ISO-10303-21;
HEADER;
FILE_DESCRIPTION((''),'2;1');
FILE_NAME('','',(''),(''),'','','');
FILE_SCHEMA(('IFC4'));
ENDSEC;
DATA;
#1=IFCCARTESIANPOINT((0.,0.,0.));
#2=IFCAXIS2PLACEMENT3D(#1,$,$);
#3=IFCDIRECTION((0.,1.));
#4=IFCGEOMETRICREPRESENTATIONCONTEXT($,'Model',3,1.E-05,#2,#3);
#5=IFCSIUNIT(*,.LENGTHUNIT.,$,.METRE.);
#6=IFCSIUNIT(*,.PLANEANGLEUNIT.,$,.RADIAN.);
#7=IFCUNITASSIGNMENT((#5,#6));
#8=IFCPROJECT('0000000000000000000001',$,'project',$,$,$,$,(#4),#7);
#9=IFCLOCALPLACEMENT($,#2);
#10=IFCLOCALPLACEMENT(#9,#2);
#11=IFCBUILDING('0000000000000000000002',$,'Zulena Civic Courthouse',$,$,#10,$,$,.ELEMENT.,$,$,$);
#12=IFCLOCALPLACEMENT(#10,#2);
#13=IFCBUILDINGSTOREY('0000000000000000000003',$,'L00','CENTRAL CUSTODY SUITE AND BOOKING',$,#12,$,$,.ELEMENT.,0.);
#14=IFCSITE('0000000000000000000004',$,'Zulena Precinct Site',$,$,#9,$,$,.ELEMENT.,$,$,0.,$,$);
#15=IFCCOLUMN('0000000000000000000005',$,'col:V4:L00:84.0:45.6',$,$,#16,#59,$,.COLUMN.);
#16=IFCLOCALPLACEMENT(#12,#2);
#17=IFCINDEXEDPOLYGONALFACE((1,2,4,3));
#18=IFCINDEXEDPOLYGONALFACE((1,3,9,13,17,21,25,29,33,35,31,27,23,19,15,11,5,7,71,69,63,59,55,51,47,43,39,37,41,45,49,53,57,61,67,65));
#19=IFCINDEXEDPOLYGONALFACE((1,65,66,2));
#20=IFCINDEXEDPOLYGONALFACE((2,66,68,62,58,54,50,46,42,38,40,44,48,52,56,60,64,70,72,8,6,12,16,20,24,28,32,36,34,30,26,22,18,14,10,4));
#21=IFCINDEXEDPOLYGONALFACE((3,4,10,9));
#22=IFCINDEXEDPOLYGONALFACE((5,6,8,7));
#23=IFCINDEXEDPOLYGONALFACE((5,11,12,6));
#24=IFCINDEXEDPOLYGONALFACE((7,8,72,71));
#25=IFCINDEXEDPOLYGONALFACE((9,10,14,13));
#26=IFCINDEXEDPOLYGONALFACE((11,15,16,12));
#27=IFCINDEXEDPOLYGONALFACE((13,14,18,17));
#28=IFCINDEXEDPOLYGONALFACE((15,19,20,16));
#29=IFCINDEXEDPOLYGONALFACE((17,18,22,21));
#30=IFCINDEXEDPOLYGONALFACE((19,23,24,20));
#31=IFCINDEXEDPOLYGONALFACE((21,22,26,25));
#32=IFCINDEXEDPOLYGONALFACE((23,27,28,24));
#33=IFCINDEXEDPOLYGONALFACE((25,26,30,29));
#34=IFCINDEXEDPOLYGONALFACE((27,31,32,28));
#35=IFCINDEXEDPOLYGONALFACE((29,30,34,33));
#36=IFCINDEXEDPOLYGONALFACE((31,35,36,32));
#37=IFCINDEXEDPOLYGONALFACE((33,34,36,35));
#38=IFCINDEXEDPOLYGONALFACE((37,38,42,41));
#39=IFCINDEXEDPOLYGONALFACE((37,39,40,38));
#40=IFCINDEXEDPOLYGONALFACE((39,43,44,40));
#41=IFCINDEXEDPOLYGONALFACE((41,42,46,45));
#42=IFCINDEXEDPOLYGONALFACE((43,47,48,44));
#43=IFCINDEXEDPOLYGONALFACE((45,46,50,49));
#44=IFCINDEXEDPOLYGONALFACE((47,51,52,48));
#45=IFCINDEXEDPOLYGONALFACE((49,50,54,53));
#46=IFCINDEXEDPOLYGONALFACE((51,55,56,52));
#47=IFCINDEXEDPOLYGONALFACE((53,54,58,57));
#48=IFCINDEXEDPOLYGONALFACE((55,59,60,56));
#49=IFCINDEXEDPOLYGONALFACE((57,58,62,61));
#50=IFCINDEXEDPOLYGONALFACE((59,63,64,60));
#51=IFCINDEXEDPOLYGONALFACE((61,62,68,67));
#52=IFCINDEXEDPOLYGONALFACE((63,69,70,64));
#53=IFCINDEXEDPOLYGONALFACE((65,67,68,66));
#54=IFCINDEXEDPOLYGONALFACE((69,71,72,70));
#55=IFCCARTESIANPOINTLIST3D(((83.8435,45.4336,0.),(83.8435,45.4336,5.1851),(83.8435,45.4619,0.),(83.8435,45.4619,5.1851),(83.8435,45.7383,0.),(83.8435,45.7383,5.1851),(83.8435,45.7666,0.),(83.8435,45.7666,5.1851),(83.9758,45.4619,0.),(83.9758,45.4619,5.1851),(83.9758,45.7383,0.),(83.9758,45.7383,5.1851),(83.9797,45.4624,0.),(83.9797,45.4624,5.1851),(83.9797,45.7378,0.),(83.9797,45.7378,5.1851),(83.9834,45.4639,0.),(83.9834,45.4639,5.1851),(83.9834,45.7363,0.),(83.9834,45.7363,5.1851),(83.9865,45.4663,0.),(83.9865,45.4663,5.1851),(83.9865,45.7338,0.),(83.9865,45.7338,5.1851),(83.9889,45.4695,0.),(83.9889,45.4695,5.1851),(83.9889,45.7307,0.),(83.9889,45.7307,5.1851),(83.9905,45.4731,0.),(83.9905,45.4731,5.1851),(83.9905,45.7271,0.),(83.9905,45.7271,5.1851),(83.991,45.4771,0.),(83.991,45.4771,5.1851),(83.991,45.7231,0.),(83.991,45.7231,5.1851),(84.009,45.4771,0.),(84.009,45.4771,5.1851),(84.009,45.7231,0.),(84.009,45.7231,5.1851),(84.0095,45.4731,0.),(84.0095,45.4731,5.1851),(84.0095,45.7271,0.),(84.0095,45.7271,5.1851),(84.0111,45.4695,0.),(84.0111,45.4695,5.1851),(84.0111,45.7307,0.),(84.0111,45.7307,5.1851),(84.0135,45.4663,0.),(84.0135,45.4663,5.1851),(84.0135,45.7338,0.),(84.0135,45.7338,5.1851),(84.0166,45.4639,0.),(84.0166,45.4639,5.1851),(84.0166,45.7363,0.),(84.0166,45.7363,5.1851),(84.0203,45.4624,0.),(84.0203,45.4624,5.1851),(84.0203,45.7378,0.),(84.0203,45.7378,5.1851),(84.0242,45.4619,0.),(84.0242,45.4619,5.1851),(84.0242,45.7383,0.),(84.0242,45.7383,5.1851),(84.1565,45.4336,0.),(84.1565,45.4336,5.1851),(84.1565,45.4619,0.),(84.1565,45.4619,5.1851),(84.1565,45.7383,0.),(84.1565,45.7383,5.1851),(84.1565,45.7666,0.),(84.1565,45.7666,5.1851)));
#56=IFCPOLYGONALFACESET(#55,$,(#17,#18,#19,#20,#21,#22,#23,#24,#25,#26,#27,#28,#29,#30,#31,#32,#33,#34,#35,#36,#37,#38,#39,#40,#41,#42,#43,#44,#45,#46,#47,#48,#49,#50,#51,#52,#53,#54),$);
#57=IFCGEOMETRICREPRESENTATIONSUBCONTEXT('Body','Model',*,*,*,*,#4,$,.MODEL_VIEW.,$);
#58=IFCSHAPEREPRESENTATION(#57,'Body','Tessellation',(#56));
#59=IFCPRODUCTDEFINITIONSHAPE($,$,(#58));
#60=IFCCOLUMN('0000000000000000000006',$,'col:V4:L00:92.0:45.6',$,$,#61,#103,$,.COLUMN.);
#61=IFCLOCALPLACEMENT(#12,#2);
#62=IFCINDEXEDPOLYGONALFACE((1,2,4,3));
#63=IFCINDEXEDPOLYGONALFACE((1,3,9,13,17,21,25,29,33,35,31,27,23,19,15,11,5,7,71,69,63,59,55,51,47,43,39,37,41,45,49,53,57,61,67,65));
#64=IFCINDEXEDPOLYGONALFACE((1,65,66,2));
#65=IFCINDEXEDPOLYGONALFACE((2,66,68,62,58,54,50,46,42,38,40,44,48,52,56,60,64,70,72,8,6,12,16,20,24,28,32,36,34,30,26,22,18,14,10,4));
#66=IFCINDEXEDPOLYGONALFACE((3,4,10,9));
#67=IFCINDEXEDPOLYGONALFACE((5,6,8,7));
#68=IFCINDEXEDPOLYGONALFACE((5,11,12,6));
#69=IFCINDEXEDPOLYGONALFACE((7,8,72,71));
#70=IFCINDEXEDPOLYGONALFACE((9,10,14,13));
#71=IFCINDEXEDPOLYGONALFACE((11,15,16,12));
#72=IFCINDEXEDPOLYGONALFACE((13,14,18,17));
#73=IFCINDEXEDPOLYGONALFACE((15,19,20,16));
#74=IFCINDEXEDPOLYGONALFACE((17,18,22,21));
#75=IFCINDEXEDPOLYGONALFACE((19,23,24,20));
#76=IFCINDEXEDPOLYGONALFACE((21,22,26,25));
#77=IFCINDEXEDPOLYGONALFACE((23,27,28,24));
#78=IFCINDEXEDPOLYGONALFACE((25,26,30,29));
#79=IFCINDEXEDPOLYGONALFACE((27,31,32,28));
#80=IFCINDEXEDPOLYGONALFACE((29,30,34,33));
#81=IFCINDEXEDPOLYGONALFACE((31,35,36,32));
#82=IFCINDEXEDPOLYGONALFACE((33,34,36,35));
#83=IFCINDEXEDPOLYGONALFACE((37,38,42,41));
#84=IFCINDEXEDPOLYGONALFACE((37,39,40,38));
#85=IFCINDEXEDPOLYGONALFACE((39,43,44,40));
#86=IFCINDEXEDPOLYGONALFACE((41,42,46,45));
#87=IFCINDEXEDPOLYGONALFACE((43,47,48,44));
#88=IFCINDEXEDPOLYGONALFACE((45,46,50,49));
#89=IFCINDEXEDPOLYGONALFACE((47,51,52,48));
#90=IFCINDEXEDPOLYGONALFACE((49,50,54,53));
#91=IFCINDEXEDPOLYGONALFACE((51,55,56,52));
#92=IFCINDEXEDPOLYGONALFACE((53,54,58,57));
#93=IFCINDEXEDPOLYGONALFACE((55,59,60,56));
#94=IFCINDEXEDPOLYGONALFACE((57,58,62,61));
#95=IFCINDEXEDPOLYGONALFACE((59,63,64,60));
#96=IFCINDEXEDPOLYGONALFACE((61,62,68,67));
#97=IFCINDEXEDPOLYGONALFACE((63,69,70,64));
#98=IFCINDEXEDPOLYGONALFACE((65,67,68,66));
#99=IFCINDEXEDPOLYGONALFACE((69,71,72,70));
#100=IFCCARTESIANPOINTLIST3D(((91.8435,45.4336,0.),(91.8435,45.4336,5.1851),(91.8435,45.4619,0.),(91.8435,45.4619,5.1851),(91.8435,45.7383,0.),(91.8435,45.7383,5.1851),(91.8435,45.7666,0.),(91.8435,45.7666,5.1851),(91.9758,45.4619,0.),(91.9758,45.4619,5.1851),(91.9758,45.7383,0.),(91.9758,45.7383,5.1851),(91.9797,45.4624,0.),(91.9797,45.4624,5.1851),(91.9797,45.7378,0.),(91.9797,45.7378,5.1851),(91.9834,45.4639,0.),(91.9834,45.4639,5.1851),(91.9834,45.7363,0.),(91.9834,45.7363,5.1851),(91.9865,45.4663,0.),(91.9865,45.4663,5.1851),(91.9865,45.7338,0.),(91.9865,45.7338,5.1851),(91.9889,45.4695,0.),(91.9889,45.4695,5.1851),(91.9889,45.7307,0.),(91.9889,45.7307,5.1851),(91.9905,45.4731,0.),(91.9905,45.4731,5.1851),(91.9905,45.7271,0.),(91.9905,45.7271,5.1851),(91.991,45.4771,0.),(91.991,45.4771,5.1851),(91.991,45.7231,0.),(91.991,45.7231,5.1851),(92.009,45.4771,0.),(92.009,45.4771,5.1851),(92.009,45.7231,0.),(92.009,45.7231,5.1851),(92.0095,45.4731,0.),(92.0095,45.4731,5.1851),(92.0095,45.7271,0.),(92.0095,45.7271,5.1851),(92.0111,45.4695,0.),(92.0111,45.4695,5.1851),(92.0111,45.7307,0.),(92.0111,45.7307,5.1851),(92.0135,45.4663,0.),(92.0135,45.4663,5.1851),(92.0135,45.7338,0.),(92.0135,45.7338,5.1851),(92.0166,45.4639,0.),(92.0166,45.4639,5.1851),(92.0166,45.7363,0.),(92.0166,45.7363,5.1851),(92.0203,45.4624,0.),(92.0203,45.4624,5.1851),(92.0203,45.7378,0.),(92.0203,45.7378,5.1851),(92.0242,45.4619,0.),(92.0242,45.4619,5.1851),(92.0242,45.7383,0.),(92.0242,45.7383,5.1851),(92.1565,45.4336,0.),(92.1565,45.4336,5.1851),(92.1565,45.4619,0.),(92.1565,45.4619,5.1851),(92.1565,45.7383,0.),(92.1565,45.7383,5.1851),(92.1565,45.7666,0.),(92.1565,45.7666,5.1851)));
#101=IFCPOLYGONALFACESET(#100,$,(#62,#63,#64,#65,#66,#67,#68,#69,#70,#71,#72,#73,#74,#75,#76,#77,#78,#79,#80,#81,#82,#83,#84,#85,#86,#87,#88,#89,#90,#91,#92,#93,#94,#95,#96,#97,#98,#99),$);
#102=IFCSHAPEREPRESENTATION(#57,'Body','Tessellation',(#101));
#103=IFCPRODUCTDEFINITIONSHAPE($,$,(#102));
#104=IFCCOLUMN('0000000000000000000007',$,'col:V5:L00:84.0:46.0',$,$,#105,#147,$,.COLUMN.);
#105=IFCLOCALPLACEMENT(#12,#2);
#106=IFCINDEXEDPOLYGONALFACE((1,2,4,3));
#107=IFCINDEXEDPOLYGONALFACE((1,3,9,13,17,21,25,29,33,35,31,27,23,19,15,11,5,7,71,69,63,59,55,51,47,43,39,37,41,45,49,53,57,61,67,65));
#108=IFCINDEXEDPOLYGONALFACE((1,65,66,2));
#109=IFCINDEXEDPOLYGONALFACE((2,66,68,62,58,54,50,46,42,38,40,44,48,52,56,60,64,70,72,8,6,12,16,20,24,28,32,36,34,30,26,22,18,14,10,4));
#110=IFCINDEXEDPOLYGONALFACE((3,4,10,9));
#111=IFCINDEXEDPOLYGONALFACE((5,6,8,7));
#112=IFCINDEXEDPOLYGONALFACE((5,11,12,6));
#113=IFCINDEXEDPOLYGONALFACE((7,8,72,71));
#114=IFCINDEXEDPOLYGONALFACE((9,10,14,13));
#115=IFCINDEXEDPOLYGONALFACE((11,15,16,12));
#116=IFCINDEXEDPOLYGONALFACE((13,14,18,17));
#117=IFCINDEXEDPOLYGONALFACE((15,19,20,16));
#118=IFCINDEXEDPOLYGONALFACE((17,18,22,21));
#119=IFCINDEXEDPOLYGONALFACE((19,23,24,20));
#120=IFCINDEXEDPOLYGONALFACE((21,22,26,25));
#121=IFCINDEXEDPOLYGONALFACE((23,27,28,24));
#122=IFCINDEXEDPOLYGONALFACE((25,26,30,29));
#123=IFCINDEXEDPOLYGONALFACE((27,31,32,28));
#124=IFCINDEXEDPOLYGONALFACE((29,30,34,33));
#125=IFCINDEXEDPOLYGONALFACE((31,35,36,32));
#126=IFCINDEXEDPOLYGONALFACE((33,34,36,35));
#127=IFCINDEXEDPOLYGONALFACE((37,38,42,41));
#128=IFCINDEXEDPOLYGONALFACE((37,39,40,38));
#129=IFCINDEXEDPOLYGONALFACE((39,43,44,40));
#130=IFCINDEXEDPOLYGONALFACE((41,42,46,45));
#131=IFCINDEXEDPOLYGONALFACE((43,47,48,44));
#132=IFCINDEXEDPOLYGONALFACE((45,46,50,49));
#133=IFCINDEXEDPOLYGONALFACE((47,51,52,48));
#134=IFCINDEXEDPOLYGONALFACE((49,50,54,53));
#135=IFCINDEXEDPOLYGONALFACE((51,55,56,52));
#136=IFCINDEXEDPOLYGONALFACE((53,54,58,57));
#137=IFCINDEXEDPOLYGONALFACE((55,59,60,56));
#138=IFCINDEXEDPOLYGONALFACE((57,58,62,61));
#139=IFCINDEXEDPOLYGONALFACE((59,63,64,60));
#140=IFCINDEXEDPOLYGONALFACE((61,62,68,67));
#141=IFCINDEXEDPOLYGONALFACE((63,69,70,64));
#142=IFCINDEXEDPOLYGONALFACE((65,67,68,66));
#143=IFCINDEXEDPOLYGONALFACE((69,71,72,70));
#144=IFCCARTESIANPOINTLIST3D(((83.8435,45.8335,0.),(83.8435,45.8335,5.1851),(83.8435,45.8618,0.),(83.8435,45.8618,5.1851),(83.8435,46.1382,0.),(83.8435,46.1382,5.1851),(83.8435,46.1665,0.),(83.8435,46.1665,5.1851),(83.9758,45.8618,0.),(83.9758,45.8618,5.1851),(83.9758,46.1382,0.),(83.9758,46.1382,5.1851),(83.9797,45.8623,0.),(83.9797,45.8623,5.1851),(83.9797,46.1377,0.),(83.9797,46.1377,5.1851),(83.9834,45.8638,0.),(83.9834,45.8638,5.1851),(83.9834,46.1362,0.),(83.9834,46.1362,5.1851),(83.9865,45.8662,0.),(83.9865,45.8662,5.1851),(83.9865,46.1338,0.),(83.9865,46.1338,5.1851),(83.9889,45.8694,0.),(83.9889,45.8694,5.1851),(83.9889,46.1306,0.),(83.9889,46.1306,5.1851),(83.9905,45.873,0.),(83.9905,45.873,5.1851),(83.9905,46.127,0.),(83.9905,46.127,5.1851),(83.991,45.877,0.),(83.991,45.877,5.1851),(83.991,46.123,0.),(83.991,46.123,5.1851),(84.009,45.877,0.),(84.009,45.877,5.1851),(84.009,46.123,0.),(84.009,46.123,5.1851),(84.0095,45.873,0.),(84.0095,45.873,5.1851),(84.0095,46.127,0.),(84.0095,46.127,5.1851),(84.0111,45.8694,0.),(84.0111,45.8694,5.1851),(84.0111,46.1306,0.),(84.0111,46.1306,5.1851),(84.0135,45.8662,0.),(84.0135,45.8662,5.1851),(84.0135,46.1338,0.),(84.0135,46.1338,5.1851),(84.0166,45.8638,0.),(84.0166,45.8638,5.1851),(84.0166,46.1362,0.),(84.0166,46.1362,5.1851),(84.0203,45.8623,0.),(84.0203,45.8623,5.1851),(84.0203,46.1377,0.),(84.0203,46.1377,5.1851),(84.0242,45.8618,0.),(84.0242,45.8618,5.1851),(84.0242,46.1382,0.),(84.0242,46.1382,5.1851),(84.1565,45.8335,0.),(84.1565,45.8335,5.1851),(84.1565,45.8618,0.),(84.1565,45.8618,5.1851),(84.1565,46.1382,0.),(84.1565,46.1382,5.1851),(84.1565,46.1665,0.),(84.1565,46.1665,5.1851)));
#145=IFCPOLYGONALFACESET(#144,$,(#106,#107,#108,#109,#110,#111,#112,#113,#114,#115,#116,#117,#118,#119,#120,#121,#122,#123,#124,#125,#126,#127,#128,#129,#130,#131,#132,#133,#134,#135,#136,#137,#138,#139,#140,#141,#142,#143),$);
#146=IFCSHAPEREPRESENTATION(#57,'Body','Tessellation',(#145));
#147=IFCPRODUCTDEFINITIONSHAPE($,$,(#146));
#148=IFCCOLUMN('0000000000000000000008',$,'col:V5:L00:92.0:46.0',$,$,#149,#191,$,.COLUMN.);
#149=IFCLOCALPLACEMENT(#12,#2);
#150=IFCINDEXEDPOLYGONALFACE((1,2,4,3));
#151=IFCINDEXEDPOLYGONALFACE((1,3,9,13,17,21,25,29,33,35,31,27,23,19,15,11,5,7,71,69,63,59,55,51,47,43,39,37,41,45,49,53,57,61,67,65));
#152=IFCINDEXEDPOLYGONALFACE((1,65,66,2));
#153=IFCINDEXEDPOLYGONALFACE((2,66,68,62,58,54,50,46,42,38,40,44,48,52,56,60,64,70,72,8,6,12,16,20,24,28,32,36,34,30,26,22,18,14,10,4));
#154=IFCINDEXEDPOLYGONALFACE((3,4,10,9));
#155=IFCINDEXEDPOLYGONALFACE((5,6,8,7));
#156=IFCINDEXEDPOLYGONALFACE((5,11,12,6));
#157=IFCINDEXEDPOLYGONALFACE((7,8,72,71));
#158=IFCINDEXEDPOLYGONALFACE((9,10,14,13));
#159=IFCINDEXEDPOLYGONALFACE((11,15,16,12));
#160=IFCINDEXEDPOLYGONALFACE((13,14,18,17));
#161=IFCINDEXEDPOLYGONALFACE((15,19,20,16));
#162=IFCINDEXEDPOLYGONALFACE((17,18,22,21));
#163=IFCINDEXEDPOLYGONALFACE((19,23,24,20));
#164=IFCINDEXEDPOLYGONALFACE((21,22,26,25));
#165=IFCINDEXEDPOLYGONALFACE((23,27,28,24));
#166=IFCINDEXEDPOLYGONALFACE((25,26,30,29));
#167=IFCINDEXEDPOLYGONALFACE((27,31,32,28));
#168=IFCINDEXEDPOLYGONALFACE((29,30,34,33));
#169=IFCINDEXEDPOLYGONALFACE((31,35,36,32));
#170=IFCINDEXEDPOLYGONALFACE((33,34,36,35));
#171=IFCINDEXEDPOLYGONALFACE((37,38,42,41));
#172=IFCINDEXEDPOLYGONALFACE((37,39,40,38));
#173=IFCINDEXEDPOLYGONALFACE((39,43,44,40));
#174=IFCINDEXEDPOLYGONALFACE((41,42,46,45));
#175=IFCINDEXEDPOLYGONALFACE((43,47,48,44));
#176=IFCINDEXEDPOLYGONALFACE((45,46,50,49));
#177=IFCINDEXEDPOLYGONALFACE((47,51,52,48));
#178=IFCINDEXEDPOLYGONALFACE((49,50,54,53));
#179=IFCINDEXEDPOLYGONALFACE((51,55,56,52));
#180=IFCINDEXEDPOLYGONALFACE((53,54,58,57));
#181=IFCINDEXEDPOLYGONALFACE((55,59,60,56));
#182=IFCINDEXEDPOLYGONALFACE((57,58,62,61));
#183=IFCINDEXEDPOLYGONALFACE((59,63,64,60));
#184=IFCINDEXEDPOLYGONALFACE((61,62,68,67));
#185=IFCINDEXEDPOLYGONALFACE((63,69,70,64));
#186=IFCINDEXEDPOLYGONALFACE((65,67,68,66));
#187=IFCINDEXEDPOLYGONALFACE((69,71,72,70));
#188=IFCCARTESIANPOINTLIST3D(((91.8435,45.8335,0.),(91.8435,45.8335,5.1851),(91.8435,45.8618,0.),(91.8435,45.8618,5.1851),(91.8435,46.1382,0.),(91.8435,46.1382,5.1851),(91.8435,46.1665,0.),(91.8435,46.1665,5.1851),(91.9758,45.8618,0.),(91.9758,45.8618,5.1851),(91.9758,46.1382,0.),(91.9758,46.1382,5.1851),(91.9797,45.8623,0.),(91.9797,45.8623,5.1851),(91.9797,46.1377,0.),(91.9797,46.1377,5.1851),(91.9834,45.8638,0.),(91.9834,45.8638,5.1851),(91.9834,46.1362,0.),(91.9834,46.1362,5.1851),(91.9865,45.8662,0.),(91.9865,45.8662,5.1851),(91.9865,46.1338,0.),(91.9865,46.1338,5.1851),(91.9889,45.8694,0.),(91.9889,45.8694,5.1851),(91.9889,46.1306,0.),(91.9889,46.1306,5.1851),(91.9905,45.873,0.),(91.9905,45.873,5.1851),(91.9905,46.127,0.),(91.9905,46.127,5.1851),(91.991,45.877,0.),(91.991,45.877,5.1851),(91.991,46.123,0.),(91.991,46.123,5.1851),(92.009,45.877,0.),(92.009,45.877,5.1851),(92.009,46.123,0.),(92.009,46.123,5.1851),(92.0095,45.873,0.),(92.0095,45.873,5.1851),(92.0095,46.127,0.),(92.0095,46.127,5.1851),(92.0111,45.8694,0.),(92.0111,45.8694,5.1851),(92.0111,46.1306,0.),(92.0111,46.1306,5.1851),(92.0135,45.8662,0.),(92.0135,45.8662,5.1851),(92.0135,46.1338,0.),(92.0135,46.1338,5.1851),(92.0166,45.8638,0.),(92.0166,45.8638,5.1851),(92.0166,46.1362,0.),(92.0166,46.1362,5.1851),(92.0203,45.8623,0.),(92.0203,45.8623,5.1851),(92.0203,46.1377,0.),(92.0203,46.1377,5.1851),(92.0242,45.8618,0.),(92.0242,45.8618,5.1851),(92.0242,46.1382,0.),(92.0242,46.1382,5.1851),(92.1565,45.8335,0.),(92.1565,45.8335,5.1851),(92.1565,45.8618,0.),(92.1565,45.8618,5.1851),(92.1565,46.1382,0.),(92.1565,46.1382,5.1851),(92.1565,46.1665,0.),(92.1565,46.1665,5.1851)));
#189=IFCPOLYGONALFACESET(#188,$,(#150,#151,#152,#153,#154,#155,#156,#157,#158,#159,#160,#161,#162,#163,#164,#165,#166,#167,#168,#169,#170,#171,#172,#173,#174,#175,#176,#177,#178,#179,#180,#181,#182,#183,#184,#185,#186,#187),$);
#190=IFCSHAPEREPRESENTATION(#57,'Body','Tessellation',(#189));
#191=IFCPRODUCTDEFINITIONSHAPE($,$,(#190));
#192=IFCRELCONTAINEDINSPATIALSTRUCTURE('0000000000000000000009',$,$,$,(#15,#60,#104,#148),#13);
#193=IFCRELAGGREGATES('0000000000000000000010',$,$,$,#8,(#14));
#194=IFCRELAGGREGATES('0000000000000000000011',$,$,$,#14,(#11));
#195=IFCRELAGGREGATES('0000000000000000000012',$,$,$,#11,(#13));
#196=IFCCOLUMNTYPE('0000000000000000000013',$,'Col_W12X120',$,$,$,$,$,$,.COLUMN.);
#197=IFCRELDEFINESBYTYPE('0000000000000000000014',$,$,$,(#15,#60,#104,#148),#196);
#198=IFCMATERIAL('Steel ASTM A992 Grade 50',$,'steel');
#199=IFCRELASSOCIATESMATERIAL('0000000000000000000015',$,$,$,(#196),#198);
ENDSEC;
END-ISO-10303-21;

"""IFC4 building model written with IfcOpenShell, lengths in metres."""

from ifc_helpers import new_model, si_unit, direction, frame, origin, origin_2d, place, context, subcontext, project, spatial, i_section, extrude, material, material_profile, profile_set, type_object, element, save


model = new_model("IFC4")

# Units and contexts
model_context = context("Model", 3, precision=1e-05, world=origin(), true_north=direction((0.0, 1.0)))
body_context = subcontext(model_context, "Body", "Model", "MODEL_VIEW")
ifc_project = project(units=[si_unit("LENGTHUNIT", "METRE"), si_unit("PLANEANGLEUNIT", "RADIAN")], contexts=[model_context])

# Site, building, storey
site_placement = place(None, origin())
site = spatial("IfcSite", under=ifc_project, at=site_placement, Name="Zulena Precinct Site", CompositionType="ELEMENT", RefElevation=0.0)
building_placement = place(site_placement, origin())
building = spatial("IfcBuilding", under=site, at=building_placement, Name="Zulena Civic Courthouse", CompositionType="ELEMENT")
storey_placement = place(building_placement, origin())
storey = spatial("IfcBuildingStorey", under=building, at=storey_placement, Name="L00", Description="CENTRAL CUSTODY SUITE AND BOOKING", CompositionType="ELEMENT", Elevation=0.0)

# Columns
ifc_material_1 = material(Name="Steel ASTM A992 Grade 50", Category="steel")
ifc_material_profile_1 = material_profile(ifc_material_1, i_section(OverallWidth=0.313, OverallDepth=0.333, WebThickness=0.0181, FlangeThickness=0.0283, FilletRadius=0.0151, at=origin_2d()), Name="W12X120")
ifc_profile_set_1 = profile_set([ifc_material_profile_1], Name="Steel ASTM A992 Grade 50")
column_type = type_object("IfcColumnType", Name="Col_W12X120", PredefinedType="COLUMN", material=ifc_profile_set_1)
for number, where, z_axis, x_axis, name in (
    (1, (84.0, 45.6001, 0.0), (0.0, 0.0, 1.0), (1.0, 0.0, 0.0), "col:V4:L00:84.0:45.6"),
    (2, (92.0, 45.6001, 0.0), (0.0, 0.0, 1.0), (1.0, 0.0, 0.0), "col:V4:L00:92.0:45.6"),
    (3, (84.0, 46.0, 0.0), (0.0, 0.0, 1.0), (1.0, 0.0, 0.0), "col:V5:L00:84.0:46.0"),
    (4, (92.0, 46.0, 0.0), (0.0, 0.0, 1.0), (1.0, 0.0, 0.0), "col:V5:L00:92.0:46.0"),
):
    element("IfcColumn", number, at=place(storey_placement, frame(where, z_axis=z_axis, x_axis=x_axis)), inside=storey, type_object=column_type, Name=name, PredefinedType="COLUMN", context=body_context, shape_type="SweptSolid", body=[
        extrude(i_section(OverallWidth=0.313, OverallDepth=0.333, WebThickness=0.0181, FlangeThickness=0.0283, FilletRadius=0.0151, at=origin_2d()), origin(), (0.0, 0.0, 1.0), 5.1851),
    ])

save(model, "model.ifc")
